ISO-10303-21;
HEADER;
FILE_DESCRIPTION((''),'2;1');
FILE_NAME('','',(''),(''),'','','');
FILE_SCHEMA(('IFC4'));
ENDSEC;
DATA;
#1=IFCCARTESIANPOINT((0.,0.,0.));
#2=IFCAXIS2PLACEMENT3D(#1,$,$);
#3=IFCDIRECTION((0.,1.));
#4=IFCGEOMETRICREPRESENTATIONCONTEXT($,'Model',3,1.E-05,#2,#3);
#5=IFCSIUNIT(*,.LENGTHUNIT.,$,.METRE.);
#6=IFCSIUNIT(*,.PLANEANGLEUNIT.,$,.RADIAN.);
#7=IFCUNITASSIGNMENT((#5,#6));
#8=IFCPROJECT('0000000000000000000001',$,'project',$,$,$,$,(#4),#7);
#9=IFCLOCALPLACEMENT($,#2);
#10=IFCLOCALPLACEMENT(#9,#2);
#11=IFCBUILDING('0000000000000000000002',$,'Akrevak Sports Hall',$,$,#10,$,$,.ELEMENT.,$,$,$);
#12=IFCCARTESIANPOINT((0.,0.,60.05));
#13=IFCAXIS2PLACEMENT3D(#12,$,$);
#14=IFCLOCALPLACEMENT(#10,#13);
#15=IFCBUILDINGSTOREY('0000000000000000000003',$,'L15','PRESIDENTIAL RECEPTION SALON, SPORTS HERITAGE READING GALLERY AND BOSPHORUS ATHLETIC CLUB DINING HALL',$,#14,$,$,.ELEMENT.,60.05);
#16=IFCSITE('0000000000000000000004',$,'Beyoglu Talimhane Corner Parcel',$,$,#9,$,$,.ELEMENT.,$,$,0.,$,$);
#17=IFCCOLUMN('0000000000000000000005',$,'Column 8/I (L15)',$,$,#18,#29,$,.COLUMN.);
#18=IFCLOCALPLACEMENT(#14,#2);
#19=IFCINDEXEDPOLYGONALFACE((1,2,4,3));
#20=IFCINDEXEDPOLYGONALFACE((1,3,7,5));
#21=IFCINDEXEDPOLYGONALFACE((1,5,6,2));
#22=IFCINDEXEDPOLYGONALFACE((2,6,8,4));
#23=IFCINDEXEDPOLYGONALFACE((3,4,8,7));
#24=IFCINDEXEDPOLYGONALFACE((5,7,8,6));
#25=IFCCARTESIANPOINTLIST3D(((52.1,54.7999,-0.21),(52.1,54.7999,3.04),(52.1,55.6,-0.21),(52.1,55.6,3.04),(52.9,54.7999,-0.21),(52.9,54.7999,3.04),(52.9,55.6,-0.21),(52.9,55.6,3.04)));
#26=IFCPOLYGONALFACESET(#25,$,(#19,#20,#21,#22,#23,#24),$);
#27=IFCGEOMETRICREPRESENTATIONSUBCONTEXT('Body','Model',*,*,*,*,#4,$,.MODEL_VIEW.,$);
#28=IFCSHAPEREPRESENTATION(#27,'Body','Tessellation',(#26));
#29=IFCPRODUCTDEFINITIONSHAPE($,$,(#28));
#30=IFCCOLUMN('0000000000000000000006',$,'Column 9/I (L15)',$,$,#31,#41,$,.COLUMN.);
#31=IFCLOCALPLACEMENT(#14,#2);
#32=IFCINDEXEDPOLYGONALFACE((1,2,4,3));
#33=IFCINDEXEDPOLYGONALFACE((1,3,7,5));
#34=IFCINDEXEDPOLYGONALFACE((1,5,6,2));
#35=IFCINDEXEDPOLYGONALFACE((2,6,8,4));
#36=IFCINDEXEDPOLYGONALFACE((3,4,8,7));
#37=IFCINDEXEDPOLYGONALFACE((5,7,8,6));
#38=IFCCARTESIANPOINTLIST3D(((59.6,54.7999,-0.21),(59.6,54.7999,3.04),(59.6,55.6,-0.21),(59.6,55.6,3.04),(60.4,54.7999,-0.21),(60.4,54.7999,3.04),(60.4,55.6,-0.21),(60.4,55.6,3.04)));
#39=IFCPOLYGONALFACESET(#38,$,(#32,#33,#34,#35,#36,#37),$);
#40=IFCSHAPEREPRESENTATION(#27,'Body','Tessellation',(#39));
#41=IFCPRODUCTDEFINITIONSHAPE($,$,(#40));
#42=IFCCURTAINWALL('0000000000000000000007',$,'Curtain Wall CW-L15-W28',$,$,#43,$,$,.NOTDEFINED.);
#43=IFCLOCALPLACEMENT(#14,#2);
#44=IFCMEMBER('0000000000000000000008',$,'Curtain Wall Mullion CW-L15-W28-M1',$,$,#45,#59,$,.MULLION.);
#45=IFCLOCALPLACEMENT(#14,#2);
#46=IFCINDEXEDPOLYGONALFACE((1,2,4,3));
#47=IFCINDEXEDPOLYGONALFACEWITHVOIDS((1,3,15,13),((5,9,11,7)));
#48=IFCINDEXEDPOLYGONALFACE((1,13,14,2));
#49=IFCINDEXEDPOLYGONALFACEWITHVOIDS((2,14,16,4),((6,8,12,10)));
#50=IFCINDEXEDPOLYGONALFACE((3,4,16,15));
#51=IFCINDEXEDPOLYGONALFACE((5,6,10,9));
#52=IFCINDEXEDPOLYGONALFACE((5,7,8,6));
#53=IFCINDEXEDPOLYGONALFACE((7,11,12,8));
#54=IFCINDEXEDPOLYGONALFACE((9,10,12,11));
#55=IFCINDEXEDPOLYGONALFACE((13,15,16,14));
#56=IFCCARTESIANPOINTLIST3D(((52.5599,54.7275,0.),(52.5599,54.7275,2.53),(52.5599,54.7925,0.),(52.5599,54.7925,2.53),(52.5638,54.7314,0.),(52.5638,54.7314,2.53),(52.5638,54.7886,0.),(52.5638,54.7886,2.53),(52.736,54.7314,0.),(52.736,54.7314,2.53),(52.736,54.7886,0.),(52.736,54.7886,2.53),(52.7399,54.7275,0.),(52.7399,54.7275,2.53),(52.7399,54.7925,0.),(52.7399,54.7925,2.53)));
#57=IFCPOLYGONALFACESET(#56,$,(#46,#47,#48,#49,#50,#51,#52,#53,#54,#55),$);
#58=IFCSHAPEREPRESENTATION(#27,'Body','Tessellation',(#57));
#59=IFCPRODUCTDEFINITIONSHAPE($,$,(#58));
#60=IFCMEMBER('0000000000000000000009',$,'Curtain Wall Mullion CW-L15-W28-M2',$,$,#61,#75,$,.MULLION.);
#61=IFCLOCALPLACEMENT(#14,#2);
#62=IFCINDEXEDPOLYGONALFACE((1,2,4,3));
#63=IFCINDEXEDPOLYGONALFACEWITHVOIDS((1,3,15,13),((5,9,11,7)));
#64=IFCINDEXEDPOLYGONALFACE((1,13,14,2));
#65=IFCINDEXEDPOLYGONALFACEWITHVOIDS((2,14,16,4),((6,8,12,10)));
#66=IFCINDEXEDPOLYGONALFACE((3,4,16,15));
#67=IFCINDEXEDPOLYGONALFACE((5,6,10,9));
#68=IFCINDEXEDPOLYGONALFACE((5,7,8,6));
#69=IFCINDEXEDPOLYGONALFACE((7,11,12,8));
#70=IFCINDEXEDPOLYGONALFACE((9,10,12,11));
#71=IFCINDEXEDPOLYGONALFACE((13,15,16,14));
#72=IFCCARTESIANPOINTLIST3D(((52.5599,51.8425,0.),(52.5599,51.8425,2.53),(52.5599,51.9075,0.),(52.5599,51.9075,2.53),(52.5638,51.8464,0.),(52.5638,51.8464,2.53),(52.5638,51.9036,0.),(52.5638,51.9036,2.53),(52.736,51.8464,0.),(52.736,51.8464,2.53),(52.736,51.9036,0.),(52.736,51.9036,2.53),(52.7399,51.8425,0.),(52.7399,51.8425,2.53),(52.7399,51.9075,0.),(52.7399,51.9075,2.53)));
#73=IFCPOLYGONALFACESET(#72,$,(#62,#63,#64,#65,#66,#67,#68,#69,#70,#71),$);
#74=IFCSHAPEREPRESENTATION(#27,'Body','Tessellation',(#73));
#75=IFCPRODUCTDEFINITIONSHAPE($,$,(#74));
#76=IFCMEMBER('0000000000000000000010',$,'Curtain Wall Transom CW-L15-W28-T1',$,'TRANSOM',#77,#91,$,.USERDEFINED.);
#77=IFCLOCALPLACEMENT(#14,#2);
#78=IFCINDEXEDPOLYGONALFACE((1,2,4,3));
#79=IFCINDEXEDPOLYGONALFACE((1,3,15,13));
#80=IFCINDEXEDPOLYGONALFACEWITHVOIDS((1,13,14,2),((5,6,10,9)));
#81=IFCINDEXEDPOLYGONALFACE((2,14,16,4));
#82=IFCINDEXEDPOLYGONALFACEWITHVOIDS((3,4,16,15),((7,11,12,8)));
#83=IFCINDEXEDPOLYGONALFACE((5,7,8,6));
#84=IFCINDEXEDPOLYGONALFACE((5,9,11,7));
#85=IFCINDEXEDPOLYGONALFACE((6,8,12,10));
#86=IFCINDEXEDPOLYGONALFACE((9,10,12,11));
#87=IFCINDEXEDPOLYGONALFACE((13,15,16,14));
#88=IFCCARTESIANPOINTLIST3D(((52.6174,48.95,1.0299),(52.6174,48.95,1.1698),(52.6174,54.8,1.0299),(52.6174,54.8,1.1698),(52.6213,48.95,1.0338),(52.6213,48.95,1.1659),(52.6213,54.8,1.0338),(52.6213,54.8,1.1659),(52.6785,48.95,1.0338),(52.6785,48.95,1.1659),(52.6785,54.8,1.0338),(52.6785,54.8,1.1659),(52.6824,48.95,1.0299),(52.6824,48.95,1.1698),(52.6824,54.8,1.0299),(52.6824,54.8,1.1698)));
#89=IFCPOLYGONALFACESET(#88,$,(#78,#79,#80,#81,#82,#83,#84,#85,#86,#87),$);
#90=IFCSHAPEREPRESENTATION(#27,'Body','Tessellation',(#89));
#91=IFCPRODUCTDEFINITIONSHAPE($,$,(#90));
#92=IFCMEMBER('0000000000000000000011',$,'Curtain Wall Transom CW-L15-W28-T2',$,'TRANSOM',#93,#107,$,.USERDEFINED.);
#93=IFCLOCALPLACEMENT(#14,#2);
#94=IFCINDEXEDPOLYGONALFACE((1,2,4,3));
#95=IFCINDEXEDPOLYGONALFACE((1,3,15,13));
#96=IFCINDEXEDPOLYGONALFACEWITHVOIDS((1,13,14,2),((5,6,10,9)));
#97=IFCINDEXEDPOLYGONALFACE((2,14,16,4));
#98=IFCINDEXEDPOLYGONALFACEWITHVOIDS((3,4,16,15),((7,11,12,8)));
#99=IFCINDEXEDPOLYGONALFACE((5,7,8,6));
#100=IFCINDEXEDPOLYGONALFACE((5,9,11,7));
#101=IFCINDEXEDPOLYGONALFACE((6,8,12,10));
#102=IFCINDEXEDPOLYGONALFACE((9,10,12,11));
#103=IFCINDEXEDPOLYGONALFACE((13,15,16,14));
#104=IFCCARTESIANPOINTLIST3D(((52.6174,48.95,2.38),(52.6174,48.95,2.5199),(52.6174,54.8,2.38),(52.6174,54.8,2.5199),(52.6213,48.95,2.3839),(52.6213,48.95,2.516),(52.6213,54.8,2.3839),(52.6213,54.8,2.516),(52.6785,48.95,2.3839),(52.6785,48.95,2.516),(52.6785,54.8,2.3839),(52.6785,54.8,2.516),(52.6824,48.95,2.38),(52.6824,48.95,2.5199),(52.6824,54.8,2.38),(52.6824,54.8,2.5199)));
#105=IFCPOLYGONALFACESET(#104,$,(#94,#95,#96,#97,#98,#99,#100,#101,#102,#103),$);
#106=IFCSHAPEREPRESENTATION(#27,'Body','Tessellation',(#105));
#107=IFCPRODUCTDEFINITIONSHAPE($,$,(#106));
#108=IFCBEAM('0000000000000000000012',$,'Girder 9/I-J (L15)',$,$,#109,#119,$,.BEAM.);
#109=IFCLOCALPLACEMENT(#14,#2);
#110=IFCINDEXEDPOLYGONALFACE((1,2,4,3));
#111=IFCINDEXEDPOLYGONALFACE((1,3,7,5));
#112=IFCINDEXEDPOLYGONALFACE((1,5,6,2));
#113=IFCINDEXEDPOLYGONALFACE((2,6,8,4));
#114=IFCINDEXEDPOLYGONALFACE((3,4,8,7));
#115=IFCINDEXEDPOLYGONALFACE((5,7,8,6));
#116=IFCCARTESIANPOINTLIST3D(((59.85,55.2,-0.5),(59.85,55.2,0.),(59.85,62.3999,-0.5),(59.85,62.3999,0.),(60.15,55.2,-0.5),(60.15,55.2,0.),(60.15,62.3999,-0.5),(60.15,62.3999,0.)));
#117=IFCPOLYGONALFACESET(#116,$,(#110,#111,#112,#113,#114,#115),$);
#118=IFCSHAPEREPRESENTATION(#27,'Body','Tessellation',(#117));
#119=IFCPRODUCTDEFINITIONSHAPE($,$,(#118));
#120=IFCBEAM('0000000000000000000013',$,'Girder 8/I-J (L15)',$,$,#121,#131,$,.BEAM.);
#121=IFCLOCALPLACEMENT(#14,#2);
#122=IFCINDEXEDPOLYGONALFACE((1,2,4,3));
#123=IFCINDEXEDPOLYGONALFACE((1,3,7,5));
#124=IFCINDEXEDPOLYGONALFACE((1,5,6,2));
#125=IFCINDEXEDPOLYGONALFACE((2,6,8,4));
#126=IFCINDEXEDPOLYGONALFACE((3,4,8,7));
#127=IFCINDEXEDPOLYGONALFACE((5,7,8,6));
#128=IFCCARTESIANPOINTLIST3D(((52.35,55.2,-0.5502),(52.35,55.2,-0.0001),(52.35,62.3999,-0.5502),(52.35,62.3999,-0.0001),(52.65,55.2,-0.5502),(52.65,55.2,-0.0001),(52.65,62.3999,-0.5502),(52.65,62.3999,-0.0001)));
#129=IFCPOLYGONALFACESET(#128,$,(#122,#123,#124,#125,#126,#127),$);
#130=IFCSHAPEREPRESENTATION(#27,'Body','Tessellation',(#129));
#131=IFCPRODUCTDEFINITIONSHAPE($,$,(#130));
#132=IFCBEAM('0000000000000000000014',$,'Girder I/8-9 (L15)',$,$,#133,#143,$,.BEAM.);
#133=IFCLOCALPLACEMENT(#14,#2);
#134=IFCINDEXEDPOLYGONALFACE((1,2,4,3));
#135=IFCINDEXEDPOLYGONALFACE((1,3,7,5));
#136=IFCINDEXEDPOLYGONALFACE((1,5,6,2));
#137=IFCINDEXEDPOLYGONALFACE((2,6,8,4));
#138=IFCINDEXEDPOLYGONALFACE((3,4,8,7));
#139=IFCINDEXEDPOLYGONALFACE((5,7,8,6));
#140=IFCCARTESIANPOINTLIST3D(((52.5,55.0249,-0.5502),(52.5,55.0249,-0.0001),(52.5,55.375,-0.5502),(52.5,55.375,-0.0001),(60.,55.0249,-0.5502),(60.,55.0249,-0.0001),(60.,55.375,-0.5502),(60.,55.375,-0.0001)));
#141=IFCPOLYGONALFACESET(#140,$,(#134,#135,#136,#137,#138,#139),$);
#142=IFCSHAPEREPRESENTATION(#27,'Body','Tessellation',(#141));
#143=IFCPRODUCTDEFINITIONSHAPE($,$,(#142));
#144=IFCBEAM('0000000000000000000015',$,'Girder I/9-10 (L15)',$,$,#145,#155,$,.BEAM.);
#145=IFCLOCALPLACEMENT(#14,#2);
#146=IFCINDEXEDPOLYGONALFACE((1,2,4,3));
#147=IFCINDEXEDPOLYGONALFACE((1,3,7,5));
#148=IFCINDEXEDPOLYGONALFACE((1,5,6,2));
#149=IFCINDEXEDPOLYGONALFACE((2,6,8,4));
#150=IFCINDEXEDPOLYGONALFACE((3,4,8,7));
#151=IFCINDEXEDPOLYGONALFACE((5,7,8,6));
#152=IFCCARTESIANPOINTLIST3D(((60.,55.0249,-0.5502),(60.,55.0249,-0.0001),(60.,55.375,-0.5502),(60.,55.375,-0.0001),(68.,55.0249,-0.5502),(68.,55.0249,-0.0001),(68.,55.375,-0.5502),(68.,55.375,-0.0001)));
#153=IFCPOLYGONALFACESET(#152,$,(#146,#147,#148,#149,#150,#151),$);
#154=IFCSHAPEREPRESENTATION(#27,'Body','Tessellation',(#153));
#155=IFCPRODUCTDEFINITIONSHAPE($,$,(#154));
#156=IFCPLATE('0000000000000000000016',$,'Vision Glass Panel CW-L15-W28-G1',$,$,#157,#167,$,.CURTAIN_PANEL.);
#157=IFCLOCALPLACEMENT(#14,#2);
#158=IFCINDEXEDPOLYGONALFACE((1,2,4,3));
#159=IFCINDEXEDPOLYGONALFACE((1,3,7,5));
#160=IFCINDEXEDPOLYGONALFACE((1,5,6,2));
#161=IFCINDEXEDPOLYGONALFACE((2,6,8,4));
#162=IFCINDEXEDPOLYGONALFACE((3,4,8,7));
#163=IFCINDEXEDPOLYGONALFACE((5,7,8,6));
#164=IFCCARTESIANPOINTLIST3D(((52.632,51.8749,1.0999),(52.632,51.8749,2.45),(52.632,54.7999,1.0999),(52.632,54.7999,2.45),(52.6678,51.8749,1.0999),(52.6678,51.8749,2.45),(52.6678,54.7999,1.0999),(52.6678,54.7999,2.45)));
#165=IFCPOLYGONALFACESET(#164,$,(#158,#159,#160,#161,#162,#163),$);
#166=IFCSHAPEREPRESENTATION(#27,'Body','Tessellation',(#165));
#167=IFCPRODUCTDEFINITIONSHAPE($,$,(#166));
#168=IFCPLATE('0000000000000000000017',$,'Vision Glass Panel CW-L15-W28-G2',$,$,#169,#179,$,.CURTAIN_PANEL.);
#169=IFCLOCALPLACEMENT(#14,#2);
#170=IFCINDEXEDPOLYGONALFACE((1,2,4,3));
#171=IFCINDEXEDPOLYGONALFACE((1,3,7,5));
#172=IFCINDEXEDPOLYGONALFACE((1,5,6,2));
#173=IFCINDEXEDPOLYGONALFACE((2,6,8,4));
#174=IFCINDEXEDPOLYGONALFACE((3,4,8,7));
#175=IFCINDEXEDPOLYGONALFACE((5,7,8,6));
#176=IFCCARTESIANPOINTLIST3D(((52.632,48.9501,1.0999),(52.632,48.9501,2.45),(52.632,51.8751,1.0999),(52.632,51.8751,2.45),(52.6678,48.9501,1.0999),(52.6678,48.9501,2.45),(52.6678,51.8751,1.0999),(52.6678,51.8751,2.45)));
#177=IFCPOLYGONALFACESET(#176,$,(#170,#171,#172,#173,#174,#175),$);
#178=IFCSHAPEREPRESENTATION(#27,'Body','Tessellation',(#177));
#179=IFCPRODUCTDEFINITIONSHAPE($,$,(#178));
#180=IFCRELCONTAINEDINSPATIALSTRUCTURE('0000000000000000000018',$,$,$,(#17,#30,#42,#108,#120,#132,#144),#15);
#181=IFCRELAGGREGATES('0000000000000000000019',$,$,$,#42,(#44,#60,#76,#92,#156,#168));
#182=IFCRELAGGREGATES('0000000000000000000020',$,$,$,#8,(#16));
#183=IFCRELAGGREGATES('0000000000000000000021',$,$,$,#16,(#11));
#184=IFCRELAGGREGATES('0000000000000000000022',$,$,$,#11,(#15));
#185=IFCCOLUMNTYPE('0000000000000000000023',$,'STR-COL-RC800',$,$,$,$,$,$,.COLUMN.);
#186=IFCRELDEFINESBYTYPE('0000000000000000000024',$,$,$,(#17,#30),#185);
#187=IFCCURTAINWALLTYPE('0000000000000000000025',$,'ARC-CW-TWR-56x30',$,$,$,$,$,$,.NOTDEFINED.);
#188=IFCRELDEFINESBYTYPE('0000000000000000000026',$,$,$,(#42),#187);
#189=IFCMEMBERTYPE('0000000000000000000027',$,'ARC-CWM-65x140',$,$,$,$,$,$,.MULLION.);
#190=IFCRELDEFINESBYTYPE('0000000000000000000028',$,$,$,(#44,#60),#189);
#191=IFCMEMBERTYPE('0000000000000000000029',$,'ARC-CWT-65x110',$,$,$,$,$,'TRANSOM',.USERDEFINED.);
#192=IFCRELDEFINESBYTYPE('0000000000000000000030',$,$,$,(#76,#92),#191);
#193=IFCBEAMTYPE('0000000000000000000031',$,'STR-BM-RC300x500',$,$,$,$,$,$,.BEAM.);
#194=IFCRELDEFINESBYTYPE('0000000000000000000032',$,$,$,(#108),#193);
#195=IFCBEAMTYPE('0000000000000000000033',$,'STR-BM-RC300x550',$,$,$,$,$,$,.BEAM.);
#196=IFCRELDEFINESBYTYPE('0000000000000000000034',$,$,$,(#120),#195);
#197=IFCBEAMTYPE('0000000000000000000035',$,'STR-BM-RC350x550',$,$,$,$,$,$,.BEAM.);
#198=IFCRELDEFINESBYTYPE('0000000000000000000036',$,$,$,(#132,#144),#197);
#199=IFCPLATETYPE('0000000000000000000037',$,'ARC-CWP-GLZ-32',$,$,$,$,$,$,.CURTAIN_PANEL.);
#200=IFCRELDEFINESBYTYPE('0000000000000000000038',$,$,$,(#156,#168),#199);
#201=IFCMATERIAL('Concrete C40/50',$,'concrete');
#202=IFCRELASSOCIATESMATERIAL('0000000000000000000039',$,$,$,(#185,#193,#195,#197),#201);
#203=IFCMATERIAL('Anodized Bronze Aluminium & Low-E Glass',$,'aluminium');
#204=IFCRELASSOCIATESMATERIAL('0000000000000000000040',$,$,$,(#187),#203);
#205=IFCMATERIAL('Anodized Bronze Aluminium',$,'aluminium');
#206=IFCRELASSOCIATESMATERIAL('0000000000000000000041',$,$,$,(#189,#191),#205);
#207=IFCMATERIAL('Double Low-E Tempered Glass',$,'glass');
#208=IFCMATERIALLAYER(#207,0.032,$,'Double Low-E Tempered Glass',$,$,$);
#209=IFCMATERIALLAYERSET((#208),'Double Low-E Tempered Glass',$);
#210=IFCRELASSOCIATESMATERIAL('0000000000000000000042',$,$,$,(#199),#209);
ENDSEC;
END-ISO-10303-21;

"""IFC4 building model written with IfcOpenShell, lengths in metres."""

from ifc_helpers import new_model, si_unit, direction, frame, origin, origin_2d, place, context, subcontext, project, spatial, rectangle, hollow_rectangle, extrude, material, layer, layer_set, material_profile, profile_set, type_object, element, aggregate, save


model = new_model("IFC4")

# Units and contexts
model_context = context("Model", 3, precision=1e-05, world=origin(), true_north=direction((0.0, 1.0)))
body_context = subcontext(model_context, "Body", "Model", "MODEL_VIEW")
ifc_project = project(units=[si_unit("LENGTHUNIT", "METRE"), si_unit("PLANEANGLEUNIT", "RADIAN")], contexts=[model_context])

# Site, building, storey
site_placement = place(None, origin())
site = spatial("IfcSite", under=ifc_project, at=site_placement, Name="Beyoglu Talimhane Corner Parcel", CompositionType="ELEMENT", RefElevation=0.0)
building_placement = place(site_placement, origin())
building = spatial("IfcBuilding", under=site, at=building_placement, Name="Akrevak Sports Hall", CompositionType="ELEMENT")
storey_placement = place(building_placement, frame((0.0, 0.0, 60.05)))
storey = spatial("IfcBuildingStorey", under=building, at=storey_placement, Name="L15", Description="PRESIDENTIAL RECEPTION SALON, SPORTS HERITAGE READING GALLERY AND BOSPHORUS ATHLETIC CLUB DINING HALL", CompositionType="ELEMENT", Elevation=60.05)

# Columns
ifc_material_1 = material(Name="Concrete C40/50", Category="concrete")
ifc_material_profile_1 = material_profile(ifc_material_1, rectangle(XDim=0.8, YDim=0.8, at=origin_2d()), Name="RC 800x800", Category="concrete")
ifc_profile_set_1 = profile_set([ifc_material_profile_1], Name="Concrete C40/50")
column_type = type_object("IfcColumnType", Name="STR-COL-RC800", PredefinedType="COLUMN", material=ifc_profile_set_1)
for number, where, z_axis, x_axis, name in (
    (1, (52.5, 55.2, -0.21), (0.0, 0.0, 1.0), (1.0, 0.0, 0.0), "Column 8/I (L15)"),
    (2, (60.0, 55.2, -0.21), (0.0, 0.0, 1.0), (1.0, 0.0, 0.0), "Column 9/I (L15)"),
):
    element("IfcColumn", number, at=place(storey_placement, frame(where, z_axis=z_axis, x_axis=x_axis)), inside=storey, type_object=column_type, Name=name, PredefinedType="COLUMN", context=body_context, shape_type="SweptSolid", body=[
        extrude(rectangle(XDim=0.8, YDim=0.8, at=origin_2d()), origin(), (0.0, 0.0, 1.0), 3.25),
    ])

# Curtain wall, members
ifc_material_2 = material(Name="Anodized Bronze Aluminium & Low-E Glass", Category="aluminium")
curtain_wall_type = type_object("IfcCurtainWallType", Name="ARC-CW-TWR-56x30", PredefinedType="NOTDEFINED", material=ifc_material_2)
curtain_wall_placement = place(storey_placement, origin())
curtain_wall = element("IfcCurtainWall", 3, at=curtain_wall_placement, inside=storey, type_object=curtain_wall_type, Name="Curtain Wall CW-L15-W28", PredefinedType="NOTDEFINED")
ifc_material_3 = material(Name="Anodized Bronze Aluminium", Category="aluminium")
ifc_material_profile_2 = material_profile(ifc_material_3, hollow_rectangle(XDim=0.0649, YDim=0.1799, WallThickness=0.0039, at=origin_2d()), Name="CWM 65x180", Category="aluminium")
ifc_profile_set_2 = profile_set([ifc_material_profile_2], Name="Anodized Bronze Aluminium")
member_type_1 = type_object("IfcMemberType", Name="ARC-CWM-65x140", PredefinedType="MULLION", material=ifc_profile_set_2)
member_1_placement = place(storey_placement, frame((52.6499, 54.76, 0.0), z_axis=(0.0, 0.0, 1.0), x_axis=(0.0, -1.0, 0.0)))
member_1 = element("IfcMember", 4, at=member_1_placement, type_object=member_type_1, Name="Curtain Wall Mullion CW-L15-W28-M1", PredefinedType="MULLION", context=body_context, shape_type="SweptSolid", body=[
    extrude(hollow_rectangle(XDim=0.0649, YDim=0.1799, WallThickness=0.0039, at=origin_2d()), origin(), (0.0, 0.0, 1.0), 2.53),
])
member_2_placement = place(storey_placement, frame((52.6499, 51.875, 0.0), z_axis=(0.0, 0.0, 1.0), x_axis=(0.0, -1.0, 0.0)))
member_2 = element("IfcMember", 5, at=member_2_placement, type_object=member_type_1, Name="Curtain Wall Mullion CW-L15-W28-M2", PredefinedType="MULLION", context=body_context, shape_type="SweptSolid", body=[
    extrude(hollow_rectangle(XDim=0.0649, YDim=0.1799, WallThickness=0.0039, at=origin_2d()), origin(), (0.0, 0.0, 1.0), 2.53),
])
ifc_material_profile_3 = material_profile(ifc_material_3, hollow_rectangle(XDim=0.0649, YDim=0.1399, WallThickness=0.0039, at=origin_2d()), Name="CWT 65x140", Category="aluminium")
ifc_profile_set_3 = profile_set([ifc_material_profile_3], Name="Anodized Bronze Aluminium")
member_type_2 = type_object("IfcMemberType", Name="ARC-CWT-65x110", ElementType="TRANSOM", PredefinedType="USERDEFINED", material=ifc_profile_set_3)
member_3_placement = place(storey_placement, frame((52.6499, 54.8, 1.0999), z_axis=(0.0, -1.0, 0.0), x_axis=(1.0, 0.0, 0.0)))
member_3 = element("IfcMember", 6, at=member_3_placement, type_object=member_type_2, Name="Curtain Wall Transom CW-L15-W28-T1", ObjectType="TRANSOM", PredefinedType="USERDEFINED", context=body_context, shape_type="SweptSolid", body=[
    extrude(hollow_rectangle(XDim=0.0649, YDim=0.1399, WallThickness=0.0039, at=origin_2d()), origin(), (0.0, 0.0, 1.0), 5.8501),
])
member_4_placement = place(storey_placement, frame((52.6499, 54.8, 2.45), z_axis=(0.0, -1.0, 0.0), x_axis=(1.0, 0.0, 0.0)))
member_4 = element("IfcMember", 7, at=member_4_placement, type_object=member_type_2, Name="Curtain Wall Transom CW-L15-W28-T2", ObjectType="TRANSOM", PredefinedType="USERDEFINED", context=body_context, shape_type="SweptSolid", body=[
    extrude(hollow_rectangle(XDim=0.0649, YDim=0.1399, WallThickness=0.0039, at=origin_2d()), origin(), (0.0, 0.0, 1.0), 5.8501),
])

# Beams
ifc_material_profile_4 = material_profile(ifc_material_1, rectangle(XDim=0.3, YDim=0.5, at=origin_2d()), Name="BM 300x500", Category="concrete")
ifc_profile_set_4 = profile_set([ifc_material_profile_4], Name="Concrete C40/50")
beam_type_1 = type_object("IfcBeamType", Name="STR-BM-RC300x500", PredefinedType="BEAM", material=ifc_profile_set_4)
beam_1_placement = place(storey_placement, frame((60.0, 55.2, -0.25), z_axis=(0.0, 1.0, 0.0), x_axis=(-1.0, 0.0, 0.0)))
element("IfcBeam", 8, at=beam_1_placement, inside=storey, type_object=beam_type_1, Name="Girder 9/I-J (L15)", PredefinedType="BEAM", context=body_context, shape_type="SweptSolid", body=[
    extrude(rectangle(XDim=0.3, YDim=0.5, at=origin_2d()), origin(), (0.0, 0.0, 1.0), 7.2),
])
ifc_material_profile_5 = material_profile(ifc_material_1, rectangle(XDim=0.3, YDim=0.55, at=origin_2d()), Name="BM 300x550", Category="concrete")
ifc_profile_set_5 = profile_set([ifc_material_profile_5], Name="Concrete C40/50")
beam_type_2 = type_object("IfcBeamType", Name="STR-BM-RC300x550", PredefinedType="BEAM", material=ifc_profile_set_5)
beam_2_placement = place(storey_placement, frame((52.5, 55.2, -0.2751), z_axis=(0.0, 1.0, 0.0), x_axis=(-1.0, 0.0, 0.0)))
element("IfcBeam", 9, at=beam_2_placement, inside=storey, type_object=beam_type_2, Name="Girder 8/I-J (L15)", PredefinedType="BEAM", context=body_context, shape_type="SweptSolid", body=[
    extrude(rectangle(XDim=0.3, YDim=0.55, at=origin_2d()), origin(), (0.0, 0.0, 1.0), 7.2),
])
ifc_material_profile_6 = material_profile(ifc_material_1, rectangle(XDim=0.3501, YDim=0.55, at=origin_2d()), Name="BM 350x550", Category="concrete")
ifc_profile_set_6 = profile_set([ifc_material_profile_6], Name="Concrete C40/50")
beam_type_3 = type_object("IfcBeamType", Name="STR-BM-RC350x550", PredefinedType="BEAM", material=ifc_profile_set_6)
beam_3_placement = place(storey_placement, frame((52.5, 55.2, -0.2751), z_axis=(1.0, 0.0, 0.0), x_axis=(0.0, 1.0, 0.0)))
element("IfcBeam", 10, at=beam_3_placement, inside=storey, type_object=beam_type_3, Name="Girder I/8-9 (L15)", PredefinedType="BEAM", context=body_context, shape_type="SweptSolid", body=[
    extrude(rectangle(XDim=0.3501, YDim=0.55, at=origin_2d()), origin(), (0.0, 0.0, 1.0), 7.5),
])
beam_4_placement = place(storey_placement, frame((60.0, 55.2, -0.2751), z_axis=(1.0, 0.0, 0.0), x_axis=(0.0, 1.0, 0.0)))
element("IfcBeam", 11, at=beam_4_placement, inside=storey, type_object=beam_type_3, Name="Girder I/9-10 (L15)", PredefinedType="BEAM", context=body_context, shape_type="SweptSolid", body=[
    extrude(rectangle(XDim=0.3501, YDim=0.55, at=origin_2d()), origin(), (0.0, 0.0, 1.0), 8.0),
])

# Plates
ifc_material_4 = material(Name="Double Low-E Tempered Glass", Category="glass")
ifc_layer_1 = layer(ifc_material_4, 0.032, Name="Double Low-E Tempered Glass")
ifc_layer_set_1 = layer_set([ifc_layer_1], Name="Double Low-E Tempered Glass")
plate_type_1 = type_object("IfcPlateType", Name="ARC-CWP-GLZ-32", PredefinedType="CURTAIN_PANEL", material=ifc_layer_set_1)
plate_1_placement = place(storey_placement, frame((52.6499, 53.3374, 1.0999), z_axis=(0.0, 0.0, 1.0), x_axis=(0.0, -1.0, 0.0)))
plate_1 = element("IfcPlate", 12, at=plate_1_placement, type_object=plate_type_1, Name="Vision Glass Panel CW-L15-W28-G1", PredefinedType="CURTAIN_PANEL", context=body_context, shape_type="SweptSolid", body=[
    extrude(rectangle(XDim=2.925, YDim=0.0359, at=origin_2d()), origin(), (0.0, 0.0, 1.0), 1.3501),
])
plate_2_placement = place(storey_placement, frame((52.6499, 50.4126, 1.0999), z_axis=(0.0, 0.0, 1.0), x_axis=(0.0, -1.0, 0.0)))
plate_2 = element("IfcPlate", 13, at=plate_2_placement, type_object=plate_type_1, Name="Vision Glass Panel CW-L15-W28-G2", PredefinedType="CURTAIN_PANEL", context=body_context, shape_type="SweptSolid", body=[
    extrude(rectangle(XDim=2.925, YDim=0.0359, at=origin_2d()), origin(), (0.0, 0.0, 1.0), 1.3501),
])
aggregate(curtain_wall, [member_1, member_2, member_3, member_4, plate_1, plate_2])

save(model, "model.ifc")
